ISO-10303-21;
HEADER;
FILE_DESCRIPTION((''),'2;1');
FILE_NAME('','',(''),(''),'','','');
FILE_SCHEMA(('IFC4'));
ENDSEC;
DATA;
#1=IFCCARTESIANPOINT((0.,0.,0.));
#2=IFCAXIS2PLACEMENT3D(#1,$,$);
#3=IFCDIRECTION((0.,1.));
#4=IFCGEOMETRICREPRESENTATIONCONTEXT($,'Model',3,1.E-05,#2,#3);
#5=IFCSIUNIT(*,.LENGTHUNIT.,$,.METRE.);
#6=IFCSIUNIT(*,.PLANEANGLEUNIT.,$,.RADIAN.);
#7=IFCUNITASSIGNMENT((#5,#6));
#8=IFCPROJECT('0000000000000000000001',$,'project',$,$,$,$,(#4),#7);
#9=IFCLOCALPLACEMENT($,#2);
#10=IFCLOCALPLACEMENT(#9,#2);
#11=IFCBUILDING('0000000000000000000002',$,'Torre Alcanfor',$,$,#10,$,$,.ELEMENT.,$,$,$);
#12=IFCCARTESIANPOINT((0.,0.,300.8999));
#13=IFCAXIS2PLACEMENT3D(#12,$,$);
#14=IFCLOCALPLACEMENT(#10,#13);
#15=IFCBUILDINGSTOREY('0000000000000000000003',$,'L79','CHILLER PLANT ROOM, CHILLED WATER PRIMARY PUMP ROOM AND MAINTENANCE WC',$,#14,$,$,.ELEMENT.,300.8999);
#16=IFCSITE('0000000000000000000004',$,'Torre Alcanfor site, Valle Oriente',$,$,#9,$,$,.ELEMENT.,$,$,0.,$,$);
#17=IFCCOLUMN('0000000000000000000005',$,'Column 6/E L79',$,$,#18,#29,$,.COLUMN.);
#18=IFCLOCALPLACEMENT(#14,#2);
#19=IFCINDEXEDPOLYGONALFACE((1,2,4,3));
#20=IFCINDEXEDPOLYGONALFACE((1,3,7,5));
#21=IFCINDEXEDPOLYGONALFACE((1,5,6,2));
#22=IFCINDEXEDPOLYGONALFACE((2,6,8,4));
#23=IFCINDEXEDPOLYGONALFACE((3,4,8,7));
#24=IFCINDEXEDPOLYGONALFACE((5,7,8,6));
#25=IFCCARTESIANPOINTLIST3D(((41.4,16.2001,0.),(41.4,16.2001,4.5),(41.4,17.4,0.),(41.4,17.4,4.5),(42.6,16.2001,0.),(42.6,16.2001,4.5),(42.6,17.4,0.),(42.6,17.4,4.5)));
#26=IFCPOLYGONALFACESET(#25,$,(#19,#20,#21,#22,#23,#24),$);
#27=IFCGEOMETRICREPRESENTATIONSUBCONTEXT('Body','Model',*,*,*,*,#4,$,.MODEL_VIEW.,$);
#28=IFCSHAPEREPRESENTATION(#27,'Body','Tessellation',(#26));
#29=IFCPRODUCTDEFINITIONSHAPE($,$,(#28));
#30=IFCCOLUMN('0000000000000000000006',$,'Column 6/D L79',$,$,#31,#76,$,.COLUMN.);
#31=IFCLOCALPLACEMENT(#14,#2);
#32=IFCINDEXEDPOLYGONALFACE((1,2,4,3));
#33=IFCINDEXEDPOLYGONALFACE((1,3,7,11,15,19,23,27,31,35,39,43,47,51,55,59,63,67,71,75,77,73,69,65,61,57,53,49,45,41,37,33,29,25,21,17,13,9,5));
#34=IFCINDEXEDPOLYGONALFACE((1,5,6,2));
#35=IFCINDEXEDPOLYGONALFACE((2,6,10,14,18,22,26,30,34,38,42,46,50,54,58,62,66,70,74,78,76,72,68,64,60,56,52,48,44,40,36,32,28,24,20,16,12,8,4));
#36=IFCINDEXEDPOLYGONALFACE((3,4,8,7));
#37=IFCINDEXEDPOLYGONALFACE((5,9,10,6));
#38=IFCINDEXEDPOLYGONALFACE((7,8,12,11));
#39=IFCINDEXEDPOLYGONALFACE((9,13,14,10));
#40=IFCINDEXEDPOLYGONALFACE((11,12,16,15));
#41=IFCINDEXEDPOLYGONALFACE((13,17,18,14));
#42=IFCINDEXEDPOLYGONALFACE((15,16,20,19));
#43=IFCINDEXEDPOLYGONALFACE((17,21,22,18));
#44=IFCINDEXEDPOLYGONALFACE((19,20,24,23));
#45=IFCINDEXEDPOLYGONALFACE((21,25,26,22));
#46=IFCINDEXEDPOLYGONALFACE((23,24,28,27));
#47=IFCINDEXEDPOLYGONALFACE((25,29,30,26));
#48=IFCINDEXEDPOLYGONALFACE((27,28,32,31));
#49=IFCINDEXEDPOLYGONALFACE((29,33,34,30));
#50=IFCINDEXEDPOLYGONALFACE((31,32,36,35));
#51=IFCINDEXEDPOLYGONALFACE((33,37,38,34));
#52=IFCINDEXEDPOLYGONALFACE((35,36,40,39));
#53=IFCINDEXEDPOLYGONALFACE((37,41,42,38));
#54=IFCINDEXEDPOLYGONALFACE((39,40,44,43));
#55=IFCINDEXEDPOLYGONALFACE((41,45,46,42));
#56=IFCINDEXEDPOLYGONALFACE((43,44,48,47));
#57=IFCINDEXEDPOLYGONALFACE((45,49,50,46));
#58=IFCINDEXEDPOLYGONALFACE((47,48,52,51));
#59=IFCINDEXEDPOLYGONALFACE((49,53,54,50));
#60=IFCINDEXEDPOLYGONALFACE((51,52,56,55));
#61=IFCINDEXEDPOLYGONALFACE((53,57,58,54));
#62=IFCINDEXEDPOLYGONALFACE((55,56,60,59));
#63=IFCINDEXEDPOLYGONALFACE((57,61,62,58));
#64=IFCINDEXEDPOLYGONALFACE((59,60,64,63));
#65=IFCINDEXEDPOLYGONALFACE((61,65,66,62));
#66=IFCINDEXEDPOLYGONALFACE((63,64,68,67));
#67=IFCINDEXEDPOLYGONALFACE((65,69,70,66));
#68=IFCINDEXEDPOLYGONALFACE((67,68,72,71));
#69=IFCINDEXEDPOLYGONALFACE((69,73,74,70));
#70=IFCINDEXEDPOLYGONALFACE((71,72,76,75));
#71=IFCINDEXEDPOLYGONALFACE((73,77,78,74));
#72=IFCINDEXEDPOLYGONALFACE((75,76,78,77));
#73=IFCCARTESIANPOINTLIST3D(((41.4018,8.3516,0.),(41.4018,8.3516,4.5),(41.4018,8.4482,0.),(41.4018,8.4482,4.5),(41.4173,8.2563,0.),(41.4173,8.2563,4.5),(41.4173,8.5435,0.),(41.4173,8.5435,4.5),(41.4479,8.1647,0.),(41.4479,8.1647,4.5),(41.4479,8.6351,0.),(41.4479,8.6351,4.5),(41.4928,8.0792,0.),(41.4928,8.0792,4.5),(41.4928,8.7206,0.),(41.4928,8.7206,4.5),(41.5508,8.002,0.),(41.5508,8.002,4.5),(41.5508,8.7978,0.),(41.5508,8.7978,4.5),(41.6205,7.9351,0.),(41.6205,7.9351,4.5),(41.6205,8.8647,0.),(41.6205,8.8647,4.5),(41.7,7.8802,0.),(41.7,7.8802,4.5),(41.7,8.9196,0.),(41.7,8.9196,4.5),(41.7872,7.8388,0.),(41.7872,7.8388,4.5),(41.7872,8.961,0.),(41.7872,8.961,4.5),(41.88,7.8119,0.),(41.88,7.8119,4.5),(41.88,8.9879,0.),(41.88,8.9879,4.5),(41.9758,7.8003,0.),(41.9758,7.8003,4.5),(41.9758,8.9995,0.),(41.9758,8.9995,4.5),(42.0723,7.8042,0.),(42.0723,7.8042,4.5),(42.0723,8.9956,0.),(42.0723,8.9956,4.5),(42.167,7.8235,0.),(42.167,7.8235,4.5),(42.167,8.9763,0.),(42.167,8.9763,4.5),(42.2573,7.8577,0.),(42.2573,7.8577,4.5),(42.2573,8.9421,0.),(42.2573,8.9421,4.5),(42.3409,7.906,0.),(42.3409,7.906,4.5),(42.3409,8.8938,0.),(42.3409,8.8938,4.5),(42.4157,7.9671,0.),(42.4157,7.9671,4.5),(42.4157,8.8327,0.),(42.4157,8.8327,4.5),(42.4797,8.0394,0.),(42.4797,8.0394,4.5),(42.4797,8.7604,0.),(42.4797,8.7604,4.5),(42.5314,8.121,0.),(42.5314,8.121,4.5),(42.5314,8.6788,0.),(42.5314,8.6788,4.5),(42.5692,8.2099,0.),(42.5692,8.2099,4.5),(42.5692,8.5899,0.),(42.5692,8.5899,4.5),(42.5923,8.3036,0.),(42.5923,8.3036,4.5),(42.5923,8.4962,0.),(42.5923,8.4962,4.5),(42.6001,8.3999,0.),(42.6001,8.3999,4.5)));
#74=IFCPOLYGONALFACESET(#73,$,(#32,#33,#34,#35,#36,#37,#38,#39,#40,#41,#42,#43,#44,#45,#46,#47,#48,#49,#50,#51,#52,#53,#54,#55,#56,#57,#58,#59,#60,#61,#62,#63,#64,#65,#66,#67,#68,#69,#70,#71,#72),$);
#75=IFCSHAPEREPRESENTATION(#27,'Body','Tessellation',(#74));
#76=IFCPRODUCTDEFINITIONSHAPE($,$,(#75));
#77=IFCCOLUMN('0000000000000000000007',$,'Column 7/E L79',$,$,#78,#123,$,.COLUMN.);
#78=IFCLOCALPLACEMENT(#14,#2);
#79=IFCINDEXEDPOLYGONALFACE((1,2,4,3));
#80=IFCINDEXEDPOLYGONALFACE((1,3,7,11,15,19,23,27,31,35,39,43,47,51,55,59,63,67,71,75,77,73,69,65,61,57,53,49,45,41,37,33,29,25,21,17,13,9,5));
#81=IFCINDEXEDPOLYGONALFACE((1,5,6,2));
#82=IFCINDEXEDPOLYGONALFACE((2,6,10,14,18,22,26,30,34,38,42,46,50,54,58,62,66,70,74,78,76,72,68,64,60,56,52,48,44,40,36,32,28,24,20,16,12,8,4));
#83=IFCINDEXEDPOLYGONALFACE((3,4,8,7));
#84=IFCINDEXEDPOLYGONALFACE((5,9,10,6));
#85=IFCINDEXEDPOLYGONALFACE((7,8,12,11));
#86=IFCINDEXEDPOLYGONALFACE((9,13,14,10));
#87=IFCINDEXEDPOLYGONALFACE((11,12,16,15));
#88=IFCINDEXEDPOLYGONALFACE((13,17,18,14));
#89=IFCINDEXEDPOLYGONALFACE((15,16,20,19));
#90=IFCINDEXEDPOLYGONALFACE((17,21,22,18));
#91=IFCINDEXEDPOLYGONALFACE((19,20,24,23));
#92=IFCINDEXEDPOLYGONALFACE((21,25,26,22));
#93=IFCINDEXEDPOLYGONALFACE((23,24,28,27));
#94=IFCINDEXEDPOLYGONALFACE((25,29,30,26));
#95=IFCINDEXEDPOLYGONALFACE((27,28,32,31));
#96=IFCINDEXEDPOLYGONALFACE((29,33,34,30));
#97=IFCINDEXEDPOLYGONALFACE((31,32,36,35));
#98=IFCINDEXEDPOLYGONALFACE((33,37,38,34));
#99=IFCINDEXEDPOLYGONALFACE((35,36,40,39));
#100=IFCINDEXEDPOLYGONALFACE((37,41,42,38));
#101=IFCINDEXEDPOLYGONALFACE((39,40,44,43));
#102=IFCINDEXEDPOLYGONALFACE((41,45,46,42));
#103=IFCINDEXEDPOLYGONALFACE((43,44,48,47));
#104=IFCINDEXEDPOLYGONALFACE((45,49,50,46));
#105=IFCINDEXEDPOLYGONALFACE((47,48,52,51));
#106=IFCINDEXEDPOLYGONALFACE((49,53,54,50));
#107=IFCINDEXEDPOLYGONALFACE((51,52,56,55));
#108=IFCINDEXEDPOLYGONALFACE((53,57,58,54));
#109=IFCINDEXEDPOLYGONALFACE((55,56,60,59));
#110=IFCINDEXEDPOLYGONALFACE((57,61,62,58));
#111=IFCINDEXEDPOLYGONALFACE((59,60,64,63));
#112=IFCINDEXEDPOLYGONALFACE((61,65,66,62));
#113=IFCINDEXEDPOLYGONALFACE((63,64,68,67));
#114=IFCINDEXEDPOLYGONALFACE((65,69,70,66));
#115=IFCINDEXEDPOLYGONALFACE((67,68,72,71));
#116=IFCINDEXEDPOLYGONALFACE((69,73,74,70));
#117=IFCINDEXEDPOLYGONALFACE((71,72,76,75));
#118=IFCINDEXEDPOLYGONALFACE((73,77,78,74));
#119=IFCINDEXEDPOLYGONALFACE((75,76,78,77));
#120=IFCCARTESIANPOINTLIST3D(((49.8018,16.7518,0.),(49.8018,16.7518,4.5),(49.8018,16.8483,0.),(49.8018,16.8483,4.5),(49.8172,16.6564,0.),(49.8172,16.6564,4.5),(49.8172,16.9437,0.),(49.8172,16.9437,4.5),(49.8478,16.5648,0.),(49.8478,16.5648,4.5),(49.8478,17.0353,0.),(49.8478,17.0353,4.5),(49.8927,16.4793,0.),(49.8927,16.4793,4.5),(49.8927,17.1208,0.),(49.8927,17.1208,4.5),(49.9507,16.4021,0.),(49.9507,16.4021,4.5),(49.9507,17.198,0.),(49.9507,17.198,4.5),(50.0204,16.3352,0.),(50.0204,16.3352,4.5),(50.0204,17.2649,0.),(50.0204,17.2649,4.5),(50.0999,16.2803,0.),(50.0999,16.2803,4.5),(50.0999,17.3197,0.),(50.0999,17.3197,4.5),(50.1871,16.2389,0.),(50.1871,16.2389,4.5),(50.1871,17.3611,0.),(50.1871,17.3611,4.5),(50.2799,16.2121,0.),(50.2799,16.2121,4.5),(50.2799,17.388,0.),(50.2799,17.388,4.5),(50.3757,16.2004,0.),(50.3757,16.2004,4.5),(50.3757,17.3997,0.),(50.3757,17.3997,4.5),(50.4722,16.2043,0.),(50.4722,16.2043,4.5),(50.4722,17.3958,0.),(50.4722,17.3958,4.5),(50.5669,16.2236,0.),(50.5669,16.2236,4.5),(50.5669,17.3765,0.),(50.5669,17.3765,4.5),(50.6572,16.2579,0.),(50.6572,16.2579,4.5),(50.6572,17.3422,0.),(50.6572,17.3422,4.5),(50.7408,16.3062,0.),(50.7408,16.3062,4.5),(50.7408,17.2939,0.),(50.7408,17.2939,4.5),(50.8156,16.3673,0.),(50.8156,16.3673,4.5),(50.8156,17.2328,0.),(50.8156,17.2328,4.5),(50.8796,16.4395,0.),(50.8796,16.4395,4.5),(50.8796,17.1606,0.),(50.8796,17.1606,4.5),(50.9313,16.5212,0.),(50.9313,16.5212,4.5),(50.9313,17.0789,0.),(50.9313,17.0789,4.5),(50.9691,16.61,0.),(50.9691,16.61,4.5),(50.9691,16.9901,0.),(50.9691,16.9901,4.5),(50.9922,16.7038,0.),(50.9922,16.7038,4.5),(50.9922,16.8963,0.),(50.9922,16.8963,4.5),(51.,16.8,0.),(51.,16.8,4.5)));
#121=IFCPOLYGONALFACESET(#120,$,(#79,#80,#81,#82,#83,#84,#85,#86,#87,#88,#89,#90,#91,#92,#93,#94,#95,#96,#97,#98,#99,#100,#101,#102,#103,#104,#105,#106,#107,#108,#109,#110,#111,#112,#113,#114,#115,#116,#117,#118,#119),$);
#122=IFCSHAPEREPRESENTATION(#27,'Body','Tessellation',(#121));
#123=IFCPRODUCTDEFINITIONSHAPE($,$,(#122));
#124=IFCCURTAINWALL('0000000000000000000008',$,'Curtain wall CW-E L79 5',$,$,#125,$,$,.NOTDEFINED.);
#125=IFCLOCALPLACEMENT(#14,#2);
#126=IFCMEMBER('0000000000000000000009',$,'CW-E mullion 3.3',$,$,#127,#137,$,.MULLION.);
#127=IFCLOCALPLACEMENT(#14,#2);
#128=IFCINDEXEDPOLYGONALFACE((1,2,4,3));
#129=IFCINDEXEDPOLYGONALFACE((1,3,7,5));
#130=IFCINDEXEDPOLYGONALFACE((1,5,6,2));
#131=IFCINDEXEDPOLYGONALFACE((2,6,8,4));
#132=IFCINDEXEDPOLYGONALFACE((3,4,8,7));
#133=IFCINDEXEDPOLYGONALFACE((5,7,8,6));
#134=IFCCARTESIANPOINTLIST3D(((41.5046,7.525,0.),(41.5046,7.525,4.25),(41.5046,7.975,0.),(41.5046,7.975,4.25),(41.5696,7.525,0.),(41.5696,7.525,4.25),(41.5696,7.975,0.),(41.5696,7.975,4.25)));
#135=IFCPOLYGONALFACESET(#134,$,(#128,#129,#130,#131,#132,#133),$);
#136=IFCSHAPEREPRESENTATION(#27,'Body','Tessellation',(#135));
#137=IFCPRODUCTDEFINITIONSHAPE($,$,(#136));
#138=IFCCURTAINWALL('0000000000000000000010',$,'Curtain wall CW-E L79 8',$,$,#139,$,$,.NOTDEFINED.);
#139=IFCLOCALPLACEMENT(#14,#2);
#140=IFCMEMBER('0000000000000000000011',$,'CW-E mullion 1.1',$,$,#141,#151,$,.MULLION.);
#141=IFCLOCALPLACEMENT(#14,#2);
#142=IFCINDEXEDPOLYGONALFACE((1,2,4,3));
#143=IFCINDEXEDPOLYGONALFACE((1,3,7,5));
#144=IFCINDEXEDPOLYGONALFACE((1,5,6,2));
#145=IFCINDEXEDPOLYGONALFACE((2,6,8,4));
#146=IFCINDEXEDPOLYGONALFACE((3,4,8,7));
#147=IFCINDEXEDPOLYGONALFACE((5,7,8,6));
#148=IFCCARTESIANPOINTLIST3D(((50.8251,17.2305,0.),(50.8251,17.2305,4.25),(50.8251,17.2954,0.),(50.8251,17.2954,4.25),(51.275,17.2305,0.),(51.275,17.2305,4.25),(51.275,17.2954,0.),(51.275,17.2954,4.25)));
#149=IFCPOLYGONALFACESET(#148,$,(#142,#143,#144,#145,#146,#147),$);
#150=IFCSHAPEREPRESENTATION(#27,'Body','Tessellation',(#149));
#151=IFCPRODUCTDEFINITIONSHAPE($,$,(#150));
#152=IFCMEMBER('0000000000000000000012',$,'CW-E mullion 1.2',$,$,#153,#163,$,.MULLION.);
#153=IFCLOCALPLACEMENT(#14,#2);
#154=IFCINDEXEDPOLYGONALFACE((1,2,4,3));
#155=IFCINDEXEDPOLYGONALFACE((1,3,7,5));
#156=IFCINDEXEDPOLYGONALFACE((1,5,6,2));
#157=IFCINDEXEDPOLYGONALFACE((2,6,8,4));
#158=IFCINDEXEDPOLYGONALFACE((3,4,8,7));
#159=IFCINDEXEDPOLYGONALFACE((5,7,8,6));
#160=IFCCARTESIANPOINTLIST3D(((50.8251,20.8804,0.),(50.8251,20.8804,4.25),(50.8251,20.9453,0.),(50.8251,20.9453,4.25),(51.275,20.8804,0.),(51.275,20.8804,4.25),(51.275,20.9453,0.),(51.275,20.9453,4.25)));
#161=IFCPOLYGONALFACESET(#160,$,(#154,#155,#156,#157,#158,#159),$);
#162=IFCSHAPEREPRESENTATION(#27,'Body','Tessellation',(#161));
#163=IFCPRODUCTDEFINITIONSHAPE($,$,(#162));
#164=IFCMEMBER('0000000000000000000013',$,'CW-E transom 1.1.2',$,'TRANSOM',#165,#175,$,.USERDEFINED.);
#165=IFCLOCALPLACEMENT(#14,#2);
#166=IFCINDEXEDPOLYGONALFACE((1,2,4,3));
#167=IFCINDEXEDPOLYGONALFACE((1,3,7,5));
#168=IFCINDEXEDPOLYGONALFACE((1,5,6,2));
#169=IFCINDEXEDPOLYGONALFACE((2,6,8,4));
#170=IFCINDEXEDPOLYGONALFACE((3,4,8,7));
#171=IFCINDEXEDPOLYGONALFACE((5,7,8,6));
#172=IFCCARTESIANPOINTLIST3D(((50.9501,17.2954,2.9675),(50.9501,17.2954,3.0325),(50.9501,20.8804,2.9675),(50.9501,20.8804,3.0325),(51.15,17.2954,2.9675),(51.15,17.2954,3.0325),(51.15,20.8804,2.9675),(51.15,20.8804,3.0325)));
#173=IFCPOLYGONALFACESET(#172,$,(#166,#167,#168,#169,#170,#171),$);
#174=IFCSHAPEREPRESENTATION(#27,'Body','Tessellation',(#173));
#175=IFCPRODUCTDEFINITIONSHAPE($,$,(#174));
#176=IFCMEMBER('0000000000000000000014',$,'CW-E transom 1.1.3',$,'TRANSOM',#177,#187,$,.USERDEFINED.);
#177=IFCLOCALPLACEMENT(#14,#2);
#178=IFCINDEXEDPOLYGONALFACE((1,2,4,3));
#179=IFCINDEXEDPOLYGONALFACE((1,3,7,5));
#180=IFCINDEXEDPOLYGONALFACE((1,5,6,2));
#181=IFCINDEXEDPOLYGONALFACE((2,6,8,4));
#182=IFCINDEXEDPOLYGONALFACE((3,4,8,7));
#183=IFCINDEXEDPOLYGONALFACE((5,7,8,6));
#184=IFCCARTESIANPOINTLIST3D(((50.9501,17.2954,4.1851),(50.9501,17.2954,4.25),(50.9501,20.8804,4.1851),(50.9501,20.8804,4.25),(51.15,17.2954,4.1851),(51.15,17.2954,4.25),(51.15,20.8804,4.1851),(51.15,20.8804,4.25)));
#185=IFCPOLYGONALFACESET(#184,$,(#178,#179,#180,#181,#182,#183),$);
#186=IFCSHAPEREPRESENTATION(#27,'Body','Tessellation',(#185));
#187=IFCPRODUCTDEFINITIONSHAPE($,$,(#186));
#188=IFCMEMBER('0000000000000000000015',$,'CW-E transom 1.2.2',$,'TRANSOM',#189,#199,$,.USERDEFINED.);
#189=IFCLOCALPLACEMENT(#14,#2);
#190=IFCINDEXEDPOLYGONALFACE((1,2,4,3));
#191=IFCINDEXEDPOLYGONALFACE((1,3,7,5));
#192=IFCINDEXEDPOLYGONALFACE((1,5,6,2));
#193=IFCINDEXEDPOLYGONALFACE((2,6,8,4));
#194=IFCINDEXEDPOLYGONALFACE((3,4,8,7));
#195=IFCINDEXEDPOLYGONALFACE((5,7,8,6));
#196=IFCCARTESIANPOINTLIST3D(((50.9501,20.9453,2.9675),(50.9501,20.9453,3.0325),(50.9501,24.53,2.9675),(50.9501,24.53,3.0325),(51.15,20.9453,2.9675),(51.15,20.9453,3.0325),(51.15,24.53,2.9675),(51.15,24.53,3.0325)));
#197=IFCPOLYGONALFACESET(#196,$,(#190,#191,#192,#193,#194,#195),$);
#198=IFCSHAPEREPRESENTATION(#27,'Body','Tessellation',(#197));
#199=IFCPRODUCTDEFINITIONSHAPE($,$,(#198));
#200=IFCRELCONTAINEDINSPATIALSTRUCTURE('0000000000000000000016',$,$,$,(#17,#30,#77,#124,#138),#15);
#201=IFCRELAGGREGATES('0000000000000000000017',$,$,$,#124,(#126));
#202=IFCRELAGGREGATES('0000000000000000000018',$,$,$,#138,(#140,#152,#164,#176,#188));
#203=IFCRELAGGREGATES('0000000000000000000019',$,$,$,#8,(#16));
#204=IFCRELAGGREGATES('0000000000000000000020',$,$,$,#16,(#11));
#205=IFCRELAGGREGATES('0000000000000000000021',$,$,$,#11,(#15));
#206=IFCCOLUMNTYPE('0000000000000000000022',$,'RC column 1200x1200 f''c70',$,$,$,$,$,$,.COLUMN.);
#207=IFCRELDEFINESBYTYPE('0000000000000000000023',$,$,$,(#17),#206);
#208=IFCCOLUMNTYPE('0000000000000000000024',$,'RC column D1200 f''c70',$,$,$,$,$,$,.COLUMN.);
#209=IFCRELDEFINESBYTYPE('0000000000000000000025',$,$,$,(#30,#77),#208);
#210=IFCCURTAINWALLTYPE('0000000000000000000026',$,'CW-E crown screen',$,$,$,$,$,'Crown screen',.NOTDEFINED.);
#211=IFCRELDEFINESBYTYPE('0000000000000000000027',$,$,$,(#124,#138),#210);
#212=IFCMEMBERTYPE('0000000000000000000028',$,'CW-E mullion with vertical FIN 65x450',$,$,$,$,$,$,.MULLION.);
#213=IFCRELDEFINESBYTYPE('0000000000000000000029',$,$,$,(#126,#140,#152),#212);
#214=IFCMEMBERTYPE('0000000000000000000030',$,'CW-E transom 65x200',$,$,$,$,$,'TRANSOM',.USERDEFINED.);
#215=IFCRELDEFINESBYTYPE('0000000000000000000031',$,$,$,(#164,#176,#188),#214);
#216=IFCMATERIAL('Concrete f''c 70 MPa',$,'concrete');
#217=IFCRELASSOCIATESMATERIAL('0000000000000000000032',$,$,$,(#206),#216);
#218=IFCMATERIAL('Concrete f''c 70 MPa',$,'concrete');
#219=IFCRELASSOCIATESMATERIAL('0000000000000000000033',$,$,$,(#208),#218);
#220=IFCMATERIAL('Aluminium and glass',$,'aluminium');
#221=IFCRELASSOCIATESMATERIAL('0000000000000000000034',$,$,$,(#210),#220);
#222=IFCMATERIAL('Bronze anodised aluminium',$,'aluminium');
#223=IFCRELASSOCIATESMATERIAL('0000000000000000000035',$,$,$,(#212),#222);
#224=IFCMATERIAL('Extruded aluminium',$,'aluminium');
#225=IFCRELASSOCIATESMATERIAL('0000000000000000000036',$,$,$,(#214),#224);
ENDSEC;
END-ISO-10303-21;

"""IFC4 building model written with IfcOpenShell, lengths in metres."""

from ifc_helpers import new_model, si_unit, direction, frame, origin, origin_2d, place, context, subcontext, project, spatial, rectangle, circle, extrude, material, material_profile, profile_set, type_object, element, aggregate, save


model = new_model("IFC4")

# Units and contexts
model_context = context("Model", 3, precision=1e-05, world=origin(), true_north=direction((0.0, 1.0)))
body_context = subcontext(model_context, "Body", "Model", "MODEL_VIEW")
ifc_project = project(units=[si_unit("LENGTHUNIT", "METRE"), si_unit("PLANEANGLEUNIT", "RADIAN")], contexts=[model_context])

# Site, building, storey
site_placement = place(None, origin())
site = spatial("IfcSite", under=ifc_project, at=site_placement, Name="Torre Alcanfor site, Valle Oriente", CompositionType="ELEMENT", RefElevation=0.0)
building_placement = place(site_placement, origin())
building = spatial("IfcBuilding", under=site, at=building_placement, Name="Torre Alcanfor", CompositionType="ELEMENT")
storey_placement = place(building_placement, frame((0.0, 0.0, 300.8999)))
storey = spatial("IfcBuildingStorey", under=building, at=storey_placement, Name="L79", Description="CHILLER PLANT ROOM, CHILLED WATER PRIMARY PUMP ROOM AND MAINTENANCE WC", CompositionType="ELEMENT", Elevation=300.8999)

# Columns
ifc_material_1 = material(Name="Concrete f'c 70 MPa", Category="concrete")
ifc_material_profile_1 = material_profile(ifc_material_1, rectangle(XDim=1.2, YDim=1.2, at=origin_2d()), Name="1200x1200")
ifc_profile_set_1 = profile_set([ifc_material_profile_1], Name="Concrete f'c 70 MPa")
column_type_1 = type_object("IfcColumnType", Name="RC column 1200x1200 f'c70", PredefinedType="COLUMN", material=ifc_profile_set_1)
column_placement = place(storey_placement, frame((42.0, 16.8, 0.0), z_axis=(0.0, 0.0, 1.0), x_axis=(1.0, 0.0, 0.0)))
element("IfcColumn", 1, at=column_placement, inside=storey, type_object=column_type_1, Name="Column 6/E L79", PredefinedType="COLUMN", context=body_context, shape_type="SweptSolid", body=[
    extrude(rectangle(XDim=1.2, YDim=1.2, at=origin_2d()), origin(), (0.0, 0.0, 1.0), 4.5),
])
ifc_material_2 = material(Name="Concrete f'c 70 MPa", Category="concrete")
ifc_material_profile_2 = material_profile(ifc_material_2, circle(Radius=0.6001, at=origin_2d()), Name="D1200")
ifc_profile_set_2 = profile_set([ifc_material_profile_2], Name="Concrete f'c 70 MPa")
column_type_2 = type_object("IfcColumnType", Name="RC column D1200 f'c70", PredefinedType="COLUMN", material=ifc_profile_set_2)
for number, where, z_axis, x_axis, name in (
    (2, (42.0, 8.3999, 0.0), (0.0, 0.0, 1.0), (1.0, 0.0, 0.0), "Column 6/D L79"),
    (3, (50.3999, 16.8, 0.0), (0.0, 0.0, 1.0), (1.0, 0.0, 0.0), "Column 7/E L79"),
):
    element("IfcColumn", number, at=place(storey_placement, frame(where, z_axis=z_axis, x_axis=x_axis)), inside=storey, type_object=column_type_2, Name=name, PredefinedType="COLUMN", context=body_context, shape_type="SweptSolid", body=[
        extrude(circle(Radius=0.6001, at=origin_2d()), origin(), (0.0, 0.0, 1.0), 4.5),
    ])

# Curtain wall, member
ifc_material_3 = material(Name="Aluminium and glass", Category="aluminium")
curtain_wall_type = type_object("IfcCurtainWallType", Name="CW-E crown screen", ElementType="Crown screen", PredefinedType="NOTDEFINED", material=ifc_material_3)
curtain_wall_1_placement = place(storey_placement, origin())
curtain_wall_1 = element("IfcCurtainWall", 4, at=curtain_wall_1_placement, inside=storey, type_object=curtain_wall_type, Name="Curtain wall CW-E L79 5", PredefinedType="NOTDEFINED")
ifc_material_4 = material(Name="Bronze anodised aluminium", Category="aluminium")
ifc_material_profile_3 = material_profile(ifc_material_4, rectangle(XDim=0.45, YDim=0.0649, at=origin_2d()), Name="CW-E mullion 65x450")
ifc_profile_set_3 = profile_set([ifc_material_profile_3], Name="Bronze anodised aluminium")
member_type_1 = type_object("IfcMemberType", Name="CW-E mullion with vertical FIN 65x450", PredefinedType="MULLION", material=ifc_profile_set_3)
member_1_placement = place(storey_placement, frame((41.5371, 7.75, 0.0), z_axis=(0.0, 0.0, 1.0), x_axis=(0.0, 1.0, 0.0)))
member_1 = element("IfcMember", 5, at=member_1_placement, type_object=member_type_1, Name="CW-E mullion 3.3", PredefinedType="MULLION", context=body_context, shape_type="SweptSolid", body=[
    extrude(rectangle(XDim=0.45, YDim=0.0649, at=origin_2d()), origin(), (0.0, 0.0, 1.0), 4.25),
])
aggregate(curtain_wall_1, [member_1])

# Curtain wall, members
curtain_wall_2_placement = place(storey_placement, origin())
curtain_wall_2 = element("IfcCurtainWall", 6, at=curtain_wall_2_placement, inside=storey, type_object=curtain_wall_type, Name="Curtain wall CW-E L79 8", PredefinedType="NOTDEFINED")
member_2_placement = place(storey_placement, frame((51.05, 17.2629, 0.0), z_axis=(0.0, 0.0, 1.0), x_axis=(-1.0, 0.0, 0.0)))
member_2 = element("IfcMember", 7, at=member_2_placement, type_object=member_type_1, Name="CW-E mullion 1.1", PredefinedType="MULLION", context=body_context, shape_type="SweptSolid", body=[
    extrude(rectangle(XDim=0.45, YDim=0.0649, at=origin_2d()), origin(), (0.0, 0.0, 1.0), 4.25),
])
member_3_placement = place(storey_placement, frame((51.05, 20.9128, 0.0), z_axis=(0.0, 0.0, 1.0), x_axis=(-1.0, 0.0, 0.0)))
member_3 = element("IfcMember", 8, at=member_3_placement, type_object=member_type_1, Name="CW-E mullion 1.2", PredefinedType="MULLION", context=body_context, shape_type="SweptSolid", body=[
    extrude(rectangle(XDim=0.45, YDim=0.0649, at=origin_2d()), origin(), (0.0, 0.0, 1.0), 4.25),
])
ifc_material_5 = material(Name="Extruded aluminium", Category="aluminium")
ifc_material_profile_4 = material_profile(ifc_material_5, rectangle(XDim=0.2, YDim=0.0649, at=origin_2d()), Name="CW-E transom 200x65")
ifc_profile_set_4 = profile_set([ifc_material_profile_4], Name="Extruded aluminium")
member_type_2 = type_object("IfcMemberType", Name="CW-E transom 65x200", ElementType="TRANSOM", PredefinedType="USERDEFINED", material=ifc_profile_set_4)
member_4_placement = place(storey_placement, frame((51.05, 17.2954, 3.0), z_axis=(0.0, 1.0, 0.0), x_axis=(-1.0, 0.0, 0.0)))
member_4 = element("IfcMember", 9, at=member_4_placement, type_object=member_type_2, Name="CW-E transom 1.1.2", ObjectType="TRANSOM", PredefinedType="USERDEFINED", context=body_context, shape_type="SweptSolid", body=[
    extrude(rectangle(XDim=0.2, YDim=0.0649, at=origin_2d()), origin(), (0.0, 0.0, 1.0), 3.585),
])
member_5_placement = place(storey_placement, frame((51.05, 17.2954, 4.2175), z_axis=(0.0, 1.0, 0.0), x_axis=(-1.0, 0.0, 0.0)))
member_5 = element("IfcMember", 10, at=member_5_placement, type_object=member_type_2, Name="CW-E transom 1.1.3", ObjectType="TRANSOM", PredefinedType="USERDEFINED", context=body_context, shape_type="SweptSolid", body=[
    extrude(rectangle(XDim=0.2, YDim=0.0649, at=origin_2d()), origin(), (0.0, 0.0, 1.0), 3.585),
])
member_6_placement = place(storey_placement, frame((51.05, 20.9453, 3.0), z_axis=(0.0, 1.0, 0.0), x_axis=(-1.0, 0.0, 0.0)))
member_6 = element("IfcMember", 11, at=member_6_placement, type_object=member_type_2, Name="CW-E transom 1.2.2", ObjectType="TRANSOM", PredefinedType="USERDEFINED", context=body_context, shape_type="SweptSolid", body=[
    extrude(rectangle(XDim=0.2, YDim=0.0649, at=origin_2d()), origin(), (0.0, 0.0, 1.0), 3.5847),
])

aggregate(curtain_wall_2, [member_2, member_3, member_4, member_5, member_6])

save(model, "model.ifc")
